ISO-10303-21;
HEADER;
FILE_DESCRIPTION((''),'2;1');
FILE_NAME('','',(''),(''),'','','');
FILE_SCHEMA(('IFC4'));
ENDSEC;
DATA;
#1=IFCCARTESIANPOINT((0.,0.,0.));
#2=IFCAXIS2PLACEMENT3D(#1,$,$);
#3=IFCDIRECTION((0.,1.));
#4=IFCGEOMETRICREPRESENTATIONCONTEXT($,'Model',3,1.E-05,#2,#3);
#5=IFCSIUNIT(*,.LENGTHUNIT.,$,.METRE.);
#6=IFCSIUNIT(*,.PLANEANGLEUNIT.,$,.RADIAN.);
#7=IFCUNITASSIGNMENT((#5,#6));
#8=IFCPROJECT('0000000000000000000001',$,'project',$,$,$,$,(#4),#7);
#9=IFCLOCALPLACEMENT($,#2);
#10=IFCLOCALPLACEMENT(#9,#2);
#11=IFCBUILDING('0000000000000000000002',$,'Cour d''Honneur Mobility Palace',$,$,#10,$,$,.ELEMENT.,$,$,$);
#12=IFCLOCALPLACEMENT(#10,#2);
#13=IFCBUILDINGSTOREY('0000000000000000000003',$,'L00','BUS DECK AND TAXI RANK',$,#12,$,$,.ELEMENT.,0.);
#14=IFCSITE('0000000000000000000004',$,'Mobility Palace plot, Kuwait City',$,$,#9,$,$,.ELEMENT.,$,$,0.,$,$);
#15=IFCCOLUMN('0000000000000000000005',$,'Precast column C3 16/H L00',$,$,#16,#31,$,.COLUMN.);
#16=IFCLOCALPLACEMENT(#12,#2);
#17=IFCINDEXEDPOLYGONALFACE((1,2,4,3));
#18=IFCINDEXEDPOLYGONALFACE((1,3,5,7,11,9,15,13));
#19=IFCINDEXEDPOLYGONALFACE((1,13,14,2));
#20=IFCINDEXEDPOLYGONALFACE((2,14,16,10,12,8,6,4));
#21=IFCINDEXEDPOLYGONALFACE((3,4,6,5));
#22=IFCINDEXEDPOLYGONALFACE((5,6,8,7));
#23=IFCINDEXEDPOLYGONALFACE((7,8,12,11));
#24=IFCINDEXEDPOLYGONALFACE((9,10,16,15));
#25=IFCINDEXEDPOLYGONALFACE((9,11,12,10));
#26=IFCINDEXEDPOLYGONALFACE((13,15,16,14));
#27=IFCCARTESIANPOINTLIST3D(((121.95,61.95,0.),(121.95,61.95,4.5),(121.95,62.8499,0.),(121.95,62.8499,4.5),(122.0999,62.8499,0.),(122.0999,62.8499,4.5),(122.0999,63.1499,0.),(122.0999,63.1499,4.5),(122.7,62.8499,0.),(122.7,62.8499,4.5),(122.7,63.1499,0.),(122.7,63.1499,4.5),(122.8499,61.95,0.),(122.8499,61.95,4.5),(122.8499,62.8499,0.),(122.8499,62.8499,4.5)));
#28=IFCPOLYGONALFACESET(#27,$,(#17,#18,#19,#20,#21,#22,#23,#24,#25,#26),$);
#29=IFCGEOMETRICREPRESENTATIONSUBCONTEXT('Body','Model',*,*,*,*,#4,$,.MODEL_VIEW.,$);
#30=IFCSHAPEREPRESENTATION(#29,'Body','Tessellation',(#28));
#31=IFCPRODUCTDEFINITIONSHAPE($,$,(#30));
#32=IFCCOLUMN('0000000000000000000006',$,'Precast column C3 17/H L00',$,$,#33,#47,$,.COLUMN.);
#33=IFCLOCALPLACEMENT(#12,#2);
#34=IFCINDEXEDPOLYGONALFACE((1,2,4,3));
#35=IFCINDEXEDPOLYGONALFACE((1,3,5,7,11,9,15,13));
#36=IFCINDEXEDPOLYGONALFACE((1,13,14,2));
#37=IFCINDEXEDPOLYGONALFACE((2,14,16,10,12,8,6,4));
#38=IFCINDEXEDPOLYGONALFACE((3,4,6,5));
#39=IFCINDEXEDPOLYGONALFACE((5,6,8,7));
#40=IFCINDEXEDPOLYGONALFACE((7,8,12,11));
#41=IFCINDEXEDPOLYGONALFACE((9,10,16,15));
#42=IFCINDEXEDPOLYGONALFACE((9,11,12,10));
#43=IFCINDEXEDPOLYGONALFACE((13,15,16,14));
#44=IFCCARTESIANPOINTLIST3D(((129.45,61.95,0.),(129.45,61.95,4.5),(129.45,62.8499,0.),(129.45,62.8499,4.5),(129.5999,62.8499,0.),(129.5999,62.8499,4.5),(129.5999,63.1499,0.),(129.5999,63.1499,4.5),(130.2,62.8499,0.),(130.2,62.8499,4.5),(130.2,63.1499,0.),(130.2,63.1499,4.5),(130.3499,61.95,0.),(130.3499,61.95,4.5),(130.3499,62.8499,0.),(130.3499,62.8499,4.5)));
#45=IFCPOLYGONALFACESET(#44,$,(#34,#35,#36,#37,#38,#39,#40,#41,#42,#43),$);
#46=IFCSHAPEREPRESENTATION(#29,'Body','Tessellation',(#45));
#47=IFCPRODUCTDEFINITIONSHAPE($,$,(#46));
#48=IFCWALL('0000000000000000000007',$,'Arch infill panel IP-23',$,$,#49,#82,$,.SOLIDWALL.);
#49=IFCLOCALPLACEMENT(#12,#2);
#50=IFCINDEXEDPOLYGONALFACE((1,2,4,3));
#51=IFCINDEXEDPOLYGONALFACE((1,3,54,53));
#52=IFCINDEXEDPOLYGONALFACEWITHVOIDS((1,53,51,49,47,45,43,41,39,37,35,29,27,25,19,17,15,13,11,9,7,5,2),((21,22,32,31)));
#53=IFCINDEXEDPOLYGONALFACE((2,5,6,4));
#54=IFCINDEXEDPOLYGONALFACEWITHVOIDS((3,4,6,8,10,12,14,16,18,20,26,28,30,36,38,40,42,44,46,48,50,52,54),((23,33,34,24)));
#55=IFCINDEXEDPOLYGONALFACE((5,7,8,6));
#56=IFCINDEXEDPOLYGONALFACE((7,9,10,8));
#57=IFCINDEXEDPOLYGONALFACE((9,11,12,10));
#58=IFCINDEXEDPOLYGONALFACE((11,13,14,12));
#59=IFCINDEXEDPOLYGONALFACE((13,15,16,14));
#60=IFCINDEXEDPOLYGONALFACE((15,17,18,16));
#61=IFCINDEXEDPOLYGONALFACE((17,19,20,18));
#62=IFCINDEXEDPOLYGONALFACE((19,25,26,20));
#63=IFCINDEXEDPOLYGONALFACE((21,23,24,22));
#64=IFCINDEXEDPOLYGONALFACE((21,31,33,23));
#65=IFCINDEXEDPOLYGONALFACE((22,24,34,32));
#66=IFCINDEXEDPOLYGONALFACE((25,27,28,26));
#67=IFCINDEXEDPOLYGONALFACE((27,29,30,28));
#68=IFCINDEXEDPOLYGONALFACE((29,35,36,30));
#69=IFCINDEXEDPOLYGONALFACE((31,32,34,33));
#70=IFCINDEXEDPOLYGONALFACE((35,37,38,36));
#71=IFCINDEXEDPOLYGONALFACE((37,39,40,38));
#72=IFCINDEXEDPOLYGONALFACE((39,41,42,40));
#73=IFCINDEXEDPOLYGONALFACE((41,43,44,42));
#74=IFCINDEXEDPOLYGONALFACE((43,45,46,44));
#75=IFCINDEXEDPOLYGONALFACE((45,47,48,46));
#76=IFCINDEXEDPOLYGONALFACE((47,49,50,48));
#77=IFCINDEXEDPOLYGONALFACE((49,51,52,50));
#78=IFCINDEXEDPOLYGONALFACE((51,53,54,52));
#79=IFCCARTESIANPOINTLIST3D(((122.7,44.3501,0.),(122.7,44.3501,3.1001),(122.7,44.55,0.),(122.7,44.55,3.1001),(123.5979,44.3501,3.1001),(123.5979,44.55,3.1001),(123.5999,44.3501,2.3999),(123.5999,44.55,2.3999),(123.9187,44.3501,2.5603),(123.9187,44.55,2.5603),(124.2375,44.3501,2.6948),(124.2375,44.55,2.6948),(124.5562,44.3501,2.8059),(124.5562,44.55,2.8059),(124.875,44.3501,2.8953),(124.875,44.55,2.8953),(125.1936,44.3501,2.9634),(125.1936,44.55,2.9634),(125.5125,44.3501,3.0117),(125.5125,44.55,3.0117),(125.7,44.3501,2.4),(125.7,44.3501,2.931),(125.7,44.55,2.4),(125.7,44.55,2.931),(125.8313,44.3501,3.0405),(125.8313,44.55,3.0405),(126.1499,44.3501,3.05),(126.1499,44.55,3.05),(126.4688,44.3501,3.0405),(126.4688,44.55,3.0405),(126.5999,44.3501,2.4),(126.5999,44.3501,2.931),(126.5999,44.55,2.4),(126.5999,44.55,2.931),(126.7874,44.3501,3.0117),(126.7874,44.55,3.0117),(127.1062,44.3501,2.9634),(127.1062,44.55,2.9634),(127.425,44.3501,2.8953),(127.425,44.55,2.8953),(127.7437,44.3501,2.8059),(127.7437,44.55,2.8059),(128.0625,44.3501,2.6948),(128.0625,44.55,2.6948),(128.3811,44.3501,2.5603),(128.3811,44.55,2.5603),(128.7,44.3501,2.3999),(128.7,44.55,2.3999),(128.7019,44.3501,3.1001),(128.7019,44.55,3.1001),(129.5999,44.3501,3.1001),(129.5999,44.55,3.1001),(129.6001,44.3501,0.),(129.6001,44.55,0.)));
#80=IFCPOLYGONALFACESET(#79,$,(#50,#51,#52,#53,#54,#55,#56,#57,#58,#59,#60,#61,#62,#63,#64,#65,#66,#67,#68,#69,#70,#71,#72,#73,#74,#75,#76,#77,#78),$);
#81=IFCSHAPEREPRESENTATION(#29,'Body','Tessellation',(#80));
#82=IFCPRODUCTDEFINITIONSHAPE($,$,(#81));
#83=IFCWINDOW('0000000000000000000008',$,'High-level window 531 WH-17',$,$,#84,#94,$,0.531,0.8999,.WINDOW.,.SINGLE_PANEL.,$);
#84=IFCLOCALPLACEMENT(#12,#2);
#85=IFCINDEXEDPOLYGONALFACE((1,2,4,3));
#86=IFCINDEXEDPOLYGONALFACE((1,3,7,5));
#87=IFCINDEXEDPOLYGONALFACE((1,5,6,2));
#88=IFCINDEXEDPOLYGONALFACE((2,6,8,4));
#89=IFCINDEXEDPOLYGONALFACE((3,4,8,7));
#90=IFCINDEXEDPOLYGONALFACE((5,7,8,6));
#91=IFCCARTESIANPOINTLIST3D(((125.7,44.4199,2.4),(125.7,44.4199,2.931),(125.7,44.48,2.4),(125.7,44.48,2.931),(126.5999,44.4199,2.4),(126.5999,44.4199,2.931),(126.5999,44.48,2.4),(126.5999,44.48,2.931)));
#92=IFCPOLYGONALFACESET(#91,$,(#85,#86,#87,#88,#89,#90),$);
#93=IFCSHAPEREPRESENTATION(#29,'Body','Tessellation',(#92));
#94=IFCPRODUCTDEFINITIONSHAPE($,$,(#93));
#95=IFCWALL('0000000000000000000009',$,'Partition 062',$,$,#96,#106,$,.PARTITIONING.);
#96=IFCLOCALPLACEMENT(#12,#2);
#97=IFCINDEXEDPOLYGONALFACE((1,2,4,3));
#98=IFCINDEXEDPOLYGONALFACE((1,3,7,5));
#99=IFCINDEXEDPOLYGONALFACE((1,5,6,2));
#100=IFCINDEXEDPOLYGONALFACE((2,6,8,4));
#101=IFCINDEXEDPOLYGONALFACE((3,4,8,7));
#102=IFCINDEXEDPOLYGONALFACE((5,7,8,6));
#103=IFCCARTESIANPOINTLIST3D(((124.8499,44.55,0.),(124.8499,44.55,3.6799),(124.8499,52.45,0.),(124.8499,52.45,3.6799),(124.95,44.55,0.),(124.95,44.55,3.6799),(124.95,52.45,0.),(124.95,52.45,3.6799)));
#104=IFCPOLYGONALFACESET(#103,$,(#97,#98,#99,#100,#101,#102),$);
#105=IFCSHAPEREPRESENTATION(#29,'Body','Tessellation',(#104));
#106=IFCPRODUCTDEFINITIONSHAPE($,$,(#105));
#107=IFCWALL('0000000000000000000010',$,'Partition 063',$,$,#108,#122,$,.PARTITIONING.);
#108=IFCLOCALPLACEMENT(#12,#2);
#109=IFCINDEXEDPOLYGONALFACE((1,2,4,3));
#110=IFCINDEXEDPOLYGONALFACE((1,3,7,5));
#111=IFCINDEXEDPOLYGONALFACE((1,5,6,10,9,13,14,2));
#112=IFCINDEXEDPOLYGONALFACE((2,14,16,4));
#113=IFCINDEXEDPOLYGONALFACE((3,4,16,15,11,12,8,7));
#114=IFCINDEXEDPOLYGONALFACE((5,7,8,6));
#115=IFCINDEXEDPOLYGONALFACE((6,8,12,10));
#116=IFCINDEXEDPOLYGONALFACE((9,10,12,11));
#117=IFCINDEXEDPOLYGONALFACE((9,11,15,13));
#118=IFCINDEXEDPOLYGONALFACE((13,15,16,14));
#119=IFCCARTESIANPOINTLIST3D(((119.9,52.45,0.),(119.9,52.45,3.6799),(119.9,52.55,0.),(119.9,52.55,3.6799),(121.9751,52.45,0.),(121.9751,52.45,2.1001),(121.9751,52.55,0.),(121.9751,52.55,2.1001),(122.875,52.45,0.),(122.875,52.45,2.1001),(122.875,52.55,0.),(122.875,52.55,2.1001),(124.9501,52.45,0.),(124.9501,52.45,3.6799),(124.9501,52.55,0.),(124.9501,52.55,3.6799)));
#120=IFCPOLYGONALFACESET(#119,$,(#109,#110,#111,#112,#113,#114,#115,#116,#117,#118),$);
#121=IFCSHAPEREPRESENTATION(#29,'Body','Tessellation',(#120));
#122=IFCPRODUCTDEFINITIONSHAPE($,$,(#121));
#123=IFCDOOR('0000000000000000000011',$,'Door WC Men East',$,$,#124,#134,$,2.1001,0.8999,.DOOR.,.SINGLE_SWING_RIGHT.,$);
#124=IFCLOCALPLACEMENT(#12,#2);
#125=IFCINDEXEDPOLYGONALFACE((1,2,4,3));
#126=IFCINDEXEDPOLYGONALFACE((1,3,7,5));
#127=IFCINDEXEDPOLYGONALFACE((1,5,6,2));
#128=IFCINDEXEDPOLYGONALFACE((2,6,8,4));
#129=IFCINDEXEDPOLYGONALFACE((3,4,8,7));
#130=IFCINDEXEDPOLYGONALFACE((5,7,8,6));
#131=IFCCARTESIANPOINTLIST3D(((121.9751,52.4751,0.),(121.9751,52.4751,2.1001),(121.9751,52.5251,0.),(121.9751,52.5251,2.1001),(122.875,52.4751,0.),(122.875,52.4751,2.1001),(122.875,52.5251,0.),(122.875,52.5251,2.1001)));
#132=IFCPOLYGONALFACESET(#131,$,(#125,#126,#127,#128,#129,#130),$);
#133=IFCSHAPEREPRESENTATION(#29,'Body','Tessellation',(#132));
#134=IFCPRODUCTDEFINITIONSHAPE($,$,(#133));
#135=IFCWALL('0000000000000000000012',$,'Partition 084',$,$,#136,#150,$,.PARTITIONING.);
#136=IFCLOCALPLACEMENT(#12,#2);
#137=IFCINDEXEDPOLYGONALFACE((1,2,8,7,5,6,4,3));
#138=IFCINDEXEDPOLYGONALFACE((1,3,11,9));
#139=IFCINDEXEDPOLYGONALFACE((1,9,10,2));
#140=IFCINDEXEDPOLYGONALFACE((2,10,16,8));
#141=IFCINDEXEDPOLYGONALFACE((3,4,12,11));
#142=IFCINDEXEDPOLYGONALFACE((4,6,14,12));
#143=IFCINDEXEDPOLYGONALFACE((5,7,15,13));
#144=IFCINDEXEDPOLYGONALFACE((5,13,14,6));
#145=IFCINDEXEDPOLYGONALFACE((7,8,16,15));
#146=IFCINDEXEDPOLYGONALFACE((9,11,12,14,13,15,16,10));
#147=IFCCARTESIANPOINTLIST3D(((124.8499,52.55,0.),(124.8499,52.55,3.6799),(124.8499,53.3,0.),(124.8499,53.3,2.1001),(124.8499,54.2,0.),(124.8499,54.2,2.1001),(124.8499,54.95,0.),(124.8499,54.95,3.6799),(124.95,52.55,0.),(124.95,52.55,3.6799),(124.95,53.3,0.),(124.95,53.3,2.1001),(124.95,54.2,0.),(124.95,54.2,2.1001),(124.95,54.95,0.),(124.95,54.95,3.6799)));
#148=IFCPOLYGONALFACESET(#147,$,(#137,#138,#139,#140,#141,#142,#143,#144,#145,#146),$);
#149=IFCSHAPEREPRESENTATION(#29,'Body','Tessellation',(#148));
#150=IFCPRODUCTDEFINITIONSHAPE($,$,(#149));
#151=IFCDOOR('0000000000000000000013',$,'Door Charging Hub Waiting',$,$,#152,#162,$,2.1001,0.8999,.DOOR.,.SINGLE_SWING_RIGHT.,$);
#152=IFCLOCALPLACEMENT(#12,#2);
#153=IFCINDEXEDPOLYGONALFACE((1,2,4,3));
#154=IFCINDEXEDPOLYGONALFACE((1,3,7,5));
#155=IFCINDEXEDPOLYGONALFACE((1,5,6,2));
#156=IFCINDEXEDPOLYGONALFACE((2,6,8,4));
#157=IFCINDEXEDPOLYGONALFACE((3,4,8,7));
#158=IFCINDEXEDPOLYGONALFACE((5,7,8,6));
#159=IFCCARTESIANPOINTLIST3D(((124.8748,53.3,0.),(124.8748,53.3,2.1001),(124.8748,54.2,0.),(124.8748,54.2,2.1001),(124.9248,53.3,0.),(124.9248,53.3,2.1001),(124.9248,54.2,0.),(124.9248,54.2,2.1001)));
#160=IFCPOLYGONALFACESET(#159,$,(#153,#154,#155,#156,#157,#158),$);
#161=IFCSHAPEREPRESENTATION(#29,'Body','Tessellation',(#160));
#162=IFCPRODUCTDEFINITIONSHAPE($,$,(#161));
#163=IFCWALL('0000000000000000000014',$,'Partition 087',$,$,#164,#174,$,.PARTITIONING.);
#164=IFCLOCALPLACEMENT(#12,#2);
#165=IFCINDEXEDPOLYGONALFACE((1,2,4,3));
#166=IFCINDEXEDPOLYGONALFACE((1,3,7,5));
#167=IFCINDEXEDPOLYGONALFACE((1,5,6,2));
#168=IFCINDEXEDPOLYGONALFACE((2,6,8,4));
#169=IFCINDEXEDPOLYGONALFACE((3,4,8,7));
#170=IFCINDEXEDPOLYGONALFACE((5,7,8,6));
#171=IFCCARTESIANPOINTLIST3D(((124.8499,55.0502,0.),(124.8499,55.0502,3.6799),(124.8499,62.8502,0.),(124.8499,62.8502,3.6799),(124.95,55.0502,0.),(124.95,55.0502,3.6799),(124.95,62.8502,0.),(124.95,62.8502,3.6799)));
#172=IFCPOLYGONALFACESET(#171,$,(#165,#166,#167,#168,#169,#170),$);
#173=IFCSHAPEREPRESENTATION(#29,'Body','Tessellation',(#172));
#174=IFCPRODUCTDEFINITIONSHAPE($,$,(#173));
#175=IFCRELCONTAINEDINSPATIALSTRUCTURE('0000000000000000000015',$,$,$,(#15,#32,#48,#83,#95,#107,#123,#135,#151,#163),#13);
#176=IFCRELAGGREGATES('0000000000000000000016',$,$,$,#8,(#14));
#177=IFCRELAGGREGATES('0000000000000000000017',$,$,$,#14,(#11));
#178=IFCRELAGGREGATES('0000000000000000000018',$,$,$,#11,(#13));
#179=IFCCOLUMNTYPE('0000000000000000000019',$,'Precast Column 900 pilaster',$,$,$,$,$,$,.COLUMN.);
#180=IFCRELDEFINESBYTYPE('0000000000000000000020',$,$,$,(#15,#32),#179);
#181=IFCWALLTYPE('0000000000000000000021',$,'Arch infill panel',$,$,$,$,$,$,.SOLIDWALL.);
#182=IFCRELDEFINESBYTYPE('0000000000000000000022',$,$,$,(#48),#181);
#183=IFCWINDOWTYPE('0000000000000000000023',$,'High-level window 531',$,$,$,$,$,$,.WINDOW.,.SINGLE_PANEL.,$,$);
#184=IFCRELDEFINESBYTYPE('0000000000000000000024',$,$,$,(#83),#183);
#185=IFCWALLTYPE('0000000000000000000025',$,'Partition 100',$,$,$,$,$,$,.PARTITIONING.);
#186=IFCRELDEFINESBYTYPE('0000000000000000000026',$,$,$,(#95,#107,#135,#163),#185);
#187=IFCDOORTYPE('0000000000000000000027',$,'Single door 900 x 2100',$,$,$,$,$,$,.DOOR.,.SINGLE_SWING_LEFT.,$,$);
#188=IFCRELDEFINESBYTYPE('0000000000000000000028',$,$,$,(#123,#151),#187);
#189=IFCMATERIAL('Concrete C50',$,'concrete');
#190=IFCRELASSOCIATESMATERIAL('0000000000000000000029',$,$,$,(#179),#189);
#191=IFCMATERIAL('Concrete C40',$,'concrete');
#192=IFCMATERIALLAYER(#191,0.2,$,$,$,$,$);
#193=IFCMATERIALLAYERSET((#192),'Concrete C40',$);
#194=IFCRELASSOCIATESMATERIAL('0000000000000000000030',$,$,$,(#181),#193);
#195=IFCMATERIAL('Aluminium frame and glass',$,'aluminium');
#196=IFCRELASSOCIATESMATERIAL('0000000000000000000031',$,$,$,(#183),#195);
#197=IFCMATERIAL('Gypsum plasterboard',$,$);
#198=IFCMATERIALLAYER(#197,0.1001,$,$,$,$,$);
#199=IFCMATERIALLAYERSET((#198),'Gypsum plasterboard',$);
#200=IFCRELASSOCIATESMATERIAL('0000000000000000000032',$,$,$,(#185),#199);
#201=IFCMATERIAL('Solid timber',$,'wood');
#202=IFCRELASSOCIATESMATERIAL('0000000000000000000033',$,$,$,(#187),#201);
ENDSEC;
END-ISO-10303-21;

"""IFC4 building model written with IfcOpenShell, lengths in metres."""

from ifc_helpers import new_model, si_unit, direction, frame, frame_2d, origin, place, context, subcontext, project, spatial, polyline, rectangle, outline, extrude, material, layer, layer_set, material_profile, profile_set, type_object, element, fill, save


model = new_model("IFC4")

# Units and contexts
model_context = context("Model", 3, precision=1e-05, world=origin(), true_north=direction((0.0, 1.0)))
body_context = subcontext(model_context, "Body", "Model", "MODEL_VIEW")
ifc_project = project(units=[si_unit("LENGTHUNIT", "METRE"), si_unit("PLANEANGLEUNIT", "RADIAN")], contexts=[model_context])

# Site, building, storey
site_placement = place(None, origin())
site = spatial("IfcSite", under=ifc_project, at=site_placement, Name="Mobility Palace plot, Kuwait City", CompositionType="ELEMENT", RefElevation=0.0)
building_placement = place(site_placement, origin())
building = spatial("IfcBuilding", under=site, at=building_placement, Name="Cour d'Honneur Mobility Palace", CompositionType="ELEMENT")
storey_placement = place(building_placement, origin())
storey = spatial("IfcBuildingStorey", under=building, at=storey_placement, Name="L00", Description="BUS DECK AND TAXI RANK", CompositionType="ELEMENT", Elevation=0.0)

# Columns
ifc_material_1 = material(Name="Concrete C50", Category="concrete")
ifc_material_profile_1 = material_profile(ifc_material_1, outline(polyline([(-0.45, -0.45), (0.45, -0.45), (0.45, -0.3), (0.75, -0.3), (0.75, 0.3), (0.45, 0.3), (0.45, 0.45), (-0.45, 0.45), (-0.45, -0.45)])), Name="PC C900 pilaster")
ifc_profile_set_1 = profile_set([ifc_material_profile_1], Name="Concrete C50")
column_type = type_object("IfcColumnType", Name="Precast Column 900 pilaster", PredefinedType="COLUMN", material=ifc_profile_set_1)
for number, where, z_axis, x_axis, name in (
    (1, (122.3999, 62.3999, 0.0), (0.0, 0.0, 1.0), (0.0, 1.0, 0.0), "Precast column C3 16/H L00"),
    (2, (129.8999, 62.3999, 0.0), (0.0, 0.0, 1.0), (0.0, 1.0, 0.0), "Precast column C3 17/H L00"),
):
    element("IfcColumn", number, at=place(storey_placement, frame(where, z_axis=z_axis, x_axis=x_axis)), inside=storey, type_object=column_type, Name=name, PredefinedType="COLUMN", context=body_context, shape_type="SweptSolid", body=[
        extrude(outline(polyline([(-0.45, -0.45), (0.45, -0.45), (0.45, -0.3), (0.75, -0.3), (0.75, 0.3), (0.45, 0.3), (0.45, 0.45), (-0.45, 0.45), (-0.45, -0.45)])), origin(), (0.0, 0.0, 1.0), 4.5),
    ])

# Wall, opening, window
ifc_material_2 = material(Name="Concrete C40", Category="concrete")
ifc_layer_1 = layer(ifc_material_2, 0.2)
ifc_layer_set_1 = layer_set([ifc_layer_1], Name="Concrete C40")
wall_type_1 = type_object("IfcWallType", Name="Arch infill panel", PredefinedType="SOLIDWALL", material=ifc_layer_set_1)
wall_1_placement = place(storey_placement, frame((122.7, 44.45, 0.0), z_axis=(0.0, 0.0, 1.0), x_axis=(1.0, 0.0, 0.0)))
wall_1 = element("IfcWall", 3, at=wall_1_placement, inside=storey, type_object=wall_type_1, Name="Arch infill panel IP-23", PredefinedType="SOLIDWALL", context=body_context, shape_type="SweptSolid", body=[
    extrude(outline(polyline([(0.0, 0.0), (6.9001, 0.0), (6.8999, 3.1001), (6.002, 3.1001), (6.0, 2.3999), (5.6812, 2.5603), (5.3625, 2.6948), (5.0437, 2.8059), (4.7251, 2.8953), (4.4062, 2.9634), (4.0874, 3.0117), (3.7688, 3.0405), (3.45, 3.05), (3.1313, 3.0405), (2.8125, 3.0117), (2.4937, 2.9634), (2.175, 2.8953), (1.8562, 2.8059), (1.5376, 2.6948), (1.2188, 2.5603), (0.8999, 2.3999), (0.8979, 3.1001), (0.0, 3.1001), (0.0, 0.0)])), frame((0.0, 0.1001, 0.0), z_axis=(0.0, -1.0, 0.0), x_axis=(1.0, 0.0, 0.0)), (0.0, 0.0, 1.0), 0.2),
])
opening_1_placement = place(wall_1_placement, frame((3.0, 0.0, 2.3999)))
opening_1 = element("IfcOpeningElement", 4, at=opening_1_placement, cuts=wall_1, PredefinedType="OPENING", context=body_context, shape_type="SweptSolid", body=[
    extrude(rectangle(XDim=0.8999, YDim=0.531, at=frame_2d((0.45, 0.2656))), frame((0.0, 0.1099, 0.0), z_axis=(0.0, -1.0, 0.0), x_axis=(1.0, 0.0, 0.0)), (0.0, 0.0, 1.0), 0.22),
])
ifc_material_3 = material(Name="Aluminium frame and glass", Category="aluminium")
window_type = type_object("IfcWindowType", Name="High-level window 531", PartitioningType="SINGLE_PANEL", PredefinedType="WINDOW", material=ifc_material_3)
window_placement = place(opening_1_placement, origin())
window = element("IfcWindow", 5, at=window_placement, inside=storey, type_object=window_type, Name="High-level window 531 WH-17", OverallHeight=0.531, OverallWidth=0.8999, PartitioningType="SINGLE_PANEL", PredefinedType="WINDOW", context=body_context, shape_type="SweptSolid", body=[
    extrude(rectangle(XDim=0.8999, YDim=0.531, at=frame_2d((0.45, 0.2656))), frame((0.0, 0.03, 0.0), z_axis=(0.0, -1.0, 0.0), x_axis=(1.0, 0.0, 0.0)), (0.0, 0.0, 1.0), 0.0601),
])
fill(opening_1, window)

# Wall
ifc_material_4 = material(Name="Gypsum plasterboard")
ifc_layer_2 = layer(ifc_material_4, 0.1001)
ifc_layer_set_2 = layer_set([ifc_layer_2], Name="Gypsum plasterboard")
wall_type_2 = type_object("IfcWallType", Name="Partition 100", PredefinedType="PARTITIONING", material=ifc_layer_set_2)
wall_2_placement = place(storey_placement, frame((124.8999, 52.45, 0.0), z_axis=(0.0, 0.0, 1.0), x_axis=(0.0, -1.0, 0.0)))
element("IfcWall", 6, at=wall_2_placement, inside=storey, type_object=wall_type_2, Name="Partition 062", PredefinedType="PARTITIONING", context=body_context, shape_type="SweptSolid", body=[
    extrude(rectangle(XDim=7.8999, YDim=0.1001, at=frame_2d((3.95, 0.0))), origin(), (0.0, 0.0, 1.0), 3.6799),
])

# Walls, openings, doors
wall_3_placement = place(storey_placement, frame((124.95, 52.5, 0.0), z_axis=(0.0, 0.0, 1.0), x_axis=(-1.0, 0.0, 0.0)))
wall_3 = element("IfcWall", 7, at=wall_3_placement, inside=storey, type_object=wall_type_2, Name="Partition 063", PredefinedType="PARTITIONING", context=body_context, shape_type="SweptSolid", body=[
    extrude(rectangle(XDim=5.05, YDim=0.1001, at=frame_2d((2.5249, 0.0))), origin(), (0.0, 0.0, 1.0), 3.6799),
])
opening_2_placement = place(wall_3_placement, frame((2.075, 0.0, 0.0)))
opening_2 = element("IfcOpeningElement", 8, at=opening_2_placement, cuts=wall_3, PredefinedType="OPENING", context=body_context, shape_type="SweptSolid", body=[
    extrude(rectangle(XDim=0.8999, YDim=2.1001, at=frame_2d((0.45, 1.05))), frame((0.0, 0.0601, 0.0), z_axis=(0.0, -1.0, 0.0), x_axis=(1.0, 0.0, 0.0)), (0.0, 0.0, 1.0), 0.1201),
])
ifc_material_5 = material(Name="Solid timber", Category="wood")
door_type = type_object("IfcDoorType", Name="Single door 900 x 2100", OperationType="SINGLE_SWING_LEFT", PredefinedType="DOOR", material=ifc_material_5)
door_1_placement = place(opening_2_placement, origin())
door_1 = element("IfcDoor", 9, at=door_1_placement, inside=storey, type_object=door_type, Name="Door WC Men East", OperationType="SINGLE_SWING_RIGHT", OverallHeight=2.1001, OverallWidth=0.8999, PredefinedType="DOOR", context=body_context, shape_type="SweptSolid", body=[
    extrude(rectangle(XDim=0.8999, YDim=2.1001, at=frame_2d((0.45, 1.05))), frame((0.0, 0.0249, 0.0), z_axis=(0.0, -1.0, 0.0), x_axis=(1.0, 0.0, 0.0)), (0.0, 0.0, 1.0), 0.05),
])
fill(opening_2, door_1)
wall_4_placement = place(storey_placement, frame((124.8999, 54.95, 0.0), z_axis=(0.0, 0.0, 1.0), x_axis=(0.0, -1.0, 0.0)))
wall_4 = element("IfcWall", 10, at=wall_4_placement, inside=storey, type_object=wall_type_2, Name="Partition 084", PredefinedType="PARTITIONING", context=body_context, shape_type="SweptSolid", body=[
    extrude(rectangle(XDim=2.3999, YDim=0.1001, at=frame_2d((1.2, 0.0))), origin(), (0.0, 0.0, 1.0), 3.6799),
])
opening_3_placement = place(wall_4_placement, frame((0.75, 0.0, 0.0)))
opening_3 = element("IfcOpeningElement", 11, at=opening_3_placement, cuts=wall_4, PredefinedType="OPENING", context=body_context, shape_type="SweptSolid", body=[
    extrude(rectangle(XDim=0.8999, YDim=2.1001, at=frame_2d((0.45, 1.05))), frame((0.0, 0.0601, 0.0), z_axis=(0.0, -1.0, 0.0), x_axis=(1.0, 0.0, 0.0)), (0.0, 0.0, 1.0), 0.1201),
])
door_2_placement = place(opening_3_placement, origin())
door_2 = element("IfcDoor", 12, at=door_2_placement, inside=storey, type_object=door_type, Name="Door Charging Hub Waiting", OperationType="SINGLE_SWING_RIGHT", OverallHeight=2.1001, OverallWidth=0.8999, PredefinedType="DOOR", context=body_context, shape_type="SweptSolid", body=[
    extrude(rectangle(XDim=0.8999, YDim=2.1001, at=frame_2d((0.45, 1.05))), frame((0.0, 0.0249, 0.0), z_axis=(0.0, -1.0, 0.0), x_axis=(1.0, 0.0, 0.0)), (0.0, 0.0, 1.0), 0.05),
])
fill(opening_3, door_2)

# Wall
wall_5_placement = place(storey_placement, frame((124.8999, 62.8501, 0.0), z_axis=(0.0, 0.0, 1.0), x_axis=(0.0, -1.0, 0.0)))
element("IfcWall", 13, at=wall_5_placement, inside=storey, type_object=wall_type_2, Name="Partition 087", PredefinedType="PARTITIONING", context=body_context, shape_type="SweptSolid", body=[
    extrude(rectangle(XDim=7.8, YDim=0.1001, at=frame_2d((3.8999, 0.0))), origin(), (0.0, 0.0, 1.0), 3.6799),
])

save(model, "model.ifc")
